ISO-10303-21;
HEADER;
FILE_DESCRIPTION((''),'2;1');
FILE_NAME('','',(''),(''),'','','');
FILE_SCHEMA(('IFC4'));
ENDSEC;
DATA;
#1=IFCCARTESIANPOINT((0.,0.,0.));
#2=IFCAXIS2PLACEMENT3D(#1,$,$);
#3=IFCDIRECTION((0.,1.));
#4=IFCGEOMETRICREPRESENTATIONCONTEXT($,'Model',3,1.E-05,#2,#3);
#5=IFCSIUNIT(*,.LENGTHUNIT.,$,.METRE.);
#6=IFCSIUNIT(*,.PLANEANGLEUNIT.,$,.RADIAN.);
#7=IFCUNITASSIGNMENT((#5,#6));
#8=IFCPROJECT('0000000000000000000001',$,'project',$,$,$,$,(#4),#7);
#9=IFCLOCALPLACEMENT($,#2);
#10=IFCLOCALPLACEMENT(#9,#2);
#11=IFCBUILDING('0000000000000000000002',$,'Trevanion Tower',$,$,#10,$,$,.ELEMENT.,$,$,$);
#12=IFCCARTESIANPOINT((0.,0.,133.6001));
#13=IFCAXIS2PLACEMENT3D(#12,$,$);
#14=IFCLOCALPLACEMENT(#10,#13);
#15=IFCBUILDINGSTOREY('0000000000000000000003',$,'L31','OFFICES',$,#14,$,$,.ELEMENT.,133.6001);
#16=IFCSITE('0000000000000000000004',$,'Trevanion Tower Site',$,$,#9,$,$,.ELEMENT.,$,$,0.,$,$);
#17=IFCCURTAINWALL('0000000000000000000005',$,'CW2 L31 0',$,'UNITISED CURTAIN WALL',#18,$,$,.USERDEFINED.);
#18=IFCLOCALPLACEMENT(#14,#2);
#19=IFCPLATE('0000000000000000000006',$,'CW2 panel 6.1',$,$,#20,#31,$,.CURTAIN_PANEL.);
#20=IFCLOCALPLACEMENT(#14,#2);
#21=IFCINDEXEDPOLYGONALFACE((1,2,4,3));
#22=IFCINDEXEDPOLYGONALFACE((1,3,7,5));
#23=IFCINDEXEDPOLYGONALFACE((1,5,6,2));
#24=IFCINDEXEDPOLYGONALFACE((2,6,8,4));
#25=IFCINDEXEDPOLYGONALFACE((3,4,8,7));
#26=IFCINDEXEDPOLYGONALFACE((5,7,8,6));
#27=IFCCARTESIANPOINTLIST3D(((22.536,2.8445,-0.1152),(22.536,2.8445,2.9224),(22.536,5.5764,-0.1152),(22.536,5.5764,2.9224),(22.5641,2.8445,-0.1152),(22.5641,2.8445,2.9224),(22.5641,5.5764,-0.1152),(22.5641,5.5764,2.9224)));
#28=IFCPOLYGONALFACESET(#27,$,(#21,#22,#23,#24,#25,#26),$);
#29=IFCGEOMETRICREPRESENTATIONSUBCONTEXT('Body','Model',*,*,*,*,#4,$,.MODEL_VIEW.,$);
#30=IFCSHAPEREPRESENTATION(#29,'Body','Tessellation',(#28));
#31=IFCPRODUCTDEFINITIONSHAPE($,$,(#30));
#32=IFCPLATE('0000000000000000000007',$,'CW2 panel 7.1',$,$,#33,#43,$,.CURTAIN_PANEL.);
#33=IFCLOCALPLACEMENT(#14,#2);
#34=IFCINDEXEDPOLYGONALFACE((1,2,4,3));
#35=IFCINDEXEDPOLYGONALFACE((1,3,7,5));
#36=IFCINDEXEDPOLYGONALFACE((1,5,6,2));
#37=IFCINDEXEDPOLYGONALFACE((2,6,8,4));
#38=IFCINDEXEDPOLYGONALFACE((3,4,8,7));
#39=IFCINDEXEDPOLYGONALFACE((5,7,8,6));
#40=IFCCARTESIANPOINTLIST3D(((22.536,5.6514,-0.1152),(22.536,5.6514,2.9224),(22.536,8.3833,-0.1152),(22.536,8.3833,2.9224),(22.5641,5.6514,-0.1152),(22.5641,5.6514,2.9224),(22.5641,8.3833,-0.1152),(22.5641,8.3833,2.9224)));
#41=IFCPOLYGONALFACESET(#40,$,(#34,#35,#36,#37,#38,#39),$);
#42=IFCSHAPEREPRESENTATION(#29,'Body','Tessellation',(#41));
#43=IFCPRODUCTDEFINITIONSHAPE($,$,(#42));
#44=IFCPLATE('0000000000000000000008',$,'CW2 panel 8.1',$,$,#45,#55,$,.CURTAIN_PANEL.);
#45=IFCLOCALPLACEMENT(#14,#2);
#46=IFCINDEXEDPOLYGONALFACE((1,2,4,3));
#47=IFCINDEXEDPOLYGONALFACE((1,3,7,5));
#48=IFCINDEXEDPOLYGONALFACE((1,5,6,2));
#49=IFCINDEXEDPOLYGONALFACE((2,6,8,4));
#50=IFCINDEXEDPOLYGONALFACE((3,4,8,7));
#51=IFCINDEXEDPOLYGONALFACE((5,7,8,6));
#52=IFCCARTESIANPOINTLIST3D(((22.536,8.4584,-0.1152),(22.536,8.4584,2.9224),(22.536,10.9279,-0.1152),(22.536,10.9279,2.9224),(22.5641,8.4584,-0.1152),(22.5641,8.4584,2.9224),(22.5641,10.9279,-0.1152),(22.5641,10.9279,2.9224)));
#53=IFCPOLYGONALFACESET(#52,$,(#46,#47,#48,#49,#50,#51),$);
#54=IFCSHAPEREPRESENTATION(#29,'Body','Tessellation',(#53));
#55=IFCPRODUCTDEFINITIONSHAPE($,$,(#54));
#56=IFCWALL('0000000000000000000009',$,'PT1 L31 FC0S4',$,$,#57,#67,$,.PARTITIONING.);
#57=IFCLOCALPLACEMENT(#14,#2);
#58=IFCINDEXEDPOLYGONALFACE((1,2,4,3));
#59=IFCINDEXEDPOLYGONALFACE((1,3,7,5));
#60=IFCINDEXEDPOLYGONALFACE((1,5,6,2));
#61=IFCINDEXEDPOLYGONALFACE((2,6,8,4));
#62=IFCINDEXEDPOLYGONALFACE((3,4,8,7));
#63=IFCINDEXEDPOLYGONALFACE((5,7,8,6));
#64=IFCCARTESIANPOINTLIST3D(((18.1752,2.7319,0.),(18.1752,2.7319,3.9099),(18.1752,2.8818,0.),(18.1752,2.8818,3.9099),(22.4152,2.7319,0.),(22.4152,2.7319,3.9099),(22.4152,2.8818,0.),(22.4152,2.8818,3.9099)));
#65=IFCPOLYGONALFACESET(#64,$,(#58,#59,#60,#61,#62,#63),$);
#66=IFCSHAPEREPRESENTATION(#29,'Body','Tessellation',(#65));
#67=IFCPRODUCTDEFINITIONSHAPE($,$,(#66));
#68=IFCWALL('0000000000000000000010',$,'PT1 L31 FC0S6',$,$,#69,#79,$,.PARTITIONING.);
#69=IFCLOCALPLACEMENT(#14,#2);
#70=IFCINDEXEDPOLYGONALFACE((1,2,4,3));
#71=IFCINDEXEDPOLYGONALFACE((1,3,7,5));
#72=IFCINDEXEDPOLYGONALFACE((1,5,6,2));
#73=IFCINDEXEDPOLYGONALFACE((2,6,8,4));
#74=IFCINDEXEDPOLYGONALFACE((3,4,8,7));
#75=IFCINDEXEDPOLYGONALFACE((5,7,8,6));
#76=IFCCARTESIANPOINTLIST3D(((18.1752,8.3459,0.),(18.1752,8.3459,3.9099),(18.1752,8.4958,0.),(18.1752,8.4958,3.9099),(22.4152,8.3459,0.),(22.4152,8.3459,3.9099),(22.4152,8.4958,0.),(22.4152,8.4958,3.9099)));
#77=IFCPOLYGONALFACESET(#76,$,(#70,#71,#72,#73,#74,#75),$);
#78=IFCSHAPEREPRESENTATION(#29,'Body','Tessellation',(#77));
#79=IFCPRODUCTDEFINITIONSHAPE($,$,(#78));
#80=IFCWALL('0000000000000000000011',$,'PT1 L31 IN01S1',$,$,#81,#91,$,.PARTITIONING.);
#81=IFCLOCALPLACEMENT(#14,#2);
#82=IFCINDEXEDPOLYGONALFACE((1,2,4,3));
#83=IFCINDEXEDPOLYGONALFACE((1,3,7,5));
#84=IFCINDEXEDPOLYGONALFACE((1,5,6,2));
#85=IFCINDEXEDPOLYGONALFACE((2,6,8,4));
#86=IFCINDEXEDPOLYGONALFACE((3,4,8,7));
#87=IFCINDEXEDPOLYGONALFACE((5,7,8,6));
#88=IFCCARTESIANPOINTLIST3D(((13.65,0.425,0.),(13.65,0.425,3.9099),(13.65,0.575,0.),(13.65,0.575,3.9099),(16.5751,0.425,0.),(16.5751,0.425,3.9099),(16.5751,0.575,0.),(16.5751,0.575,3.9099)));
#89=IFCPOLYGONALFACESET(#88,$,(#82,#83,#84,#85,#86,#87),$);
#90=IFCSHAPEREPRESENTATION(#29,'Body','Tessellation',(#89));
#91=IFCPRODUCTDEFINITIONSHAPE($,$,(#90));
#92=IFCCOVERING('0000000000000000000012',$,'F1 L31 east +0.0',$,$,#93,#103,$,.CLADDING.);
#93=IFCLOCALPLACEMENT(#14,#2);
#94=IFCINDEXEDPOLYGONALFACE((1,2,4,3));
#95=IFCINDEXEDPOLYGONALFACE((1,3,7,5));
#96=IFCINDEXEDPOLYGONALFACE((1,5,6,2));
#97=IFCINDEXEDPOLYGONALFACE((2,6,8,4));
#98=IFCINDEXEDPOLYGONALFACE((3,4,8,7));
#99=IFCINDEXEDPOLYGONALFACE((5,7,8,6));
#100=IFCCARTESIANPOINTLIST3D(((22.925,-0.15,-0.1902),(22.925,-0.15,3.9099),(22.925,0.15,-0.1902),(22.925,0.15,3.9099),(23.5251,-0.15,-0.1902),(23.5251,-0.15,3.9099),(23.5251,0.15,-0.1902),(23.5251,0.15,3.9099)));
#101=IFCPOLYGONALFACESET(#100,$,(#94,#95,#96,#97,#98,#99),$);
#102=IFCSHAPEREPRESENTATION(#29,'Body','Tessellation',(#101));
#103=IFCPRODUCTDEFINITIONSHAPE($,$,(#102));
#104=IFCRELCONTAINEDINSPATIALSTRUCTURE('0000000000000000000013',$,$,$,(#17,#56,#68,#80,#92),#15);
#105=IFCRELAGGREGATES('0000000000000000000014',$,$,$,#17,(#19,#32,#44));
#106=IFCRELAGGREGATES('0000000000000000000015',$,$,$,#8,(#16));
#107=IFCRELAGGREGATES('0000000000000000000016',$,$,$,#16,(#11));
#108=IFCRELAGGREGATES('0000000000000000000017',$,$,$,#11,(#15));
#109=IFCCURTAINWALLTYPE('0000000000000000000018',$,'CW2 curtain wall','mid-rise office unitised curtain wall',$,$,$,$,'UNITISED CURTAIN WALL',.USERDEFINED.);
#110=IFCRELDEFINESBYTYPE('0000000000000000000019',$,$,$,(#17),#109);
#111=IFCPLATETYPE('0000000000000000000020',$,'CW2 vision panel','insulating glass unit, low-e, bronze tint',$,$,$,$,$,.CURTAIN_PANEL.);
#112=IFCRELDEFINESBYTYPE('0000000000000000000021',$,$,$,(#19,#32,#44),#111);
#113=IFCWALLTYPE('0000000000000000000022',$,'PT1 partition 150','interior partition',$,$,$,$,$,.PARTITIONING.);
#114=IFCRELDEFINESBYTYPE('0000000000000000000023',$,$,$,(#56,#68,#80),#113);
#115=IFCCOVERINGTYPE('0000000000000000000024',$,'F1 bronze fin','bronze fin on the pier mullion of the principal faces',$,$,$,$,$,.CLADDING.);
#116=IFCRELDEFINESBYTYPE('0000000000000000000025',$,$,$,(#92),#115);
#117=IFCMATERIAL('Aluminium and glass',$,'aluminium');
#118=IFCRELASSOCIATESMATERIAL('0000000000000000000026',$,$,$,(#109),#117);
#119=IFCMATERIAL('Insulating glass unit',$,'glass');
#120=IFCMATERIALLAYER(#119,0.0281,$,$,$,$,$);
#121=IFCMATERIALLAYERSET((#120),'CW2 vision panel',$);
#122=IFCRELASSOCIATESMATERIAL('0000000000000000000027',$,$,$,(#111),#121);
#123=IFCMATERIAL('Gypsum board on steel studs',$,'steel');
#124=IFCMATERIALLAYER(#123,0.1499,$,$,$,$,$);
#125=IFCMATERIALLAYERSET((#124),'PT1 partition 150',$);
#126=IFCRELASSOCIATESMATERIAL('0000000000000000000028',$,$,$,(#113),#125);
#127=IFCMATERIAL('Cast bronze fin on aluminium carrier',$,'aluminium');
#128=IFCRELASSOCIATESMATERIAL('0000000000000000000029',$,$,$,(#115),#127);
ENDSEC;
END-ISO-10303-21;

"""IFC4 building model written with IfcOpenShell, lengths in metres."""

from ifc_helpers import new_model, si_unit, direction, frame, frame_2d, origin, origin_2d, place, context, subcontext, project, spatial, rectangle, extrude, material, layer, layer_set, type_object, element, aggregate, save


model = new_model("IFC4")

# Units and contexts
model_context = context("Model", 3, precision=1e-05, world=origin(), true_north=direction((0.0, 1.0)))
body_context = subcontext(model_context, "Body", "Model", "MODEL_VIEW")
ifc_project = project(units=[si_unit("LENGTHUNIT", "METRE"), si_unit("PLANEANGLEUNIT", "RADIAN")], contexts=[model_context])

# Site, building, storey
site_placement = place(None, origin())
site = spatial("IfcSite", under=ifc_project, at=site_placement, Name="Trevanion Tower Site", CompositionType="ELEMENT", RefElevation=0.0)
building_placement = place(site_placement, origin())
building = spatial("IfcBuilding", under=site, at=building_placement, Name="Trevanion Tower", CompositionType="ELEMENT")
storey_placement = place(building_placement, frame((0.0, 0.0, 133.6001)))
storey = spatial("IfcBuildingStorey", under=building, at=storey_placement, Name="L31", Description="OFFICES", CompositionType="ELEMENT", Elevation=133.6001)

# Curtain wall
ifc_material_1 = material(Name="Aluminium and glass", Category="aluminium")
curtain_wall_type = type_object("IfcCurtainWallType", Name="CW2 curtain wall", Description="mid-rise office unitised curtain wall", ElementType="UNITISED CURTAIN WALL", PredefinedType="USERDEFINED", material=ifc_material_1)
curtain_wall_placement = place(storey_placement, origin())
curtain_wall = element("IfcCurtainWall", 1, at=curtain_wall_placement, inside=storey, type_object=curtain_wall_type, Name="CW2 L31 0", ObjectType="UNITISED CURTAIN WALL", PredefinedType="USERDEFINED")

# Plates
ifc_material_2 = material(Name="Insulating glass unit", Category="glass")
ifc_layer_1 = layer(ifc_material_2, 0.0281)
ifc_layer_set_1 = layer_set([ifc_layer_1], Name="CW2 vision panel")
plate_type_1 = type_object("IfcPlateType", Name="CW2 vision panel", Description="insulating glass unit, low-e, bronze tint", PredefinedType="CURTAIN_PANEL", material=ifc_layer_set_1)
plate_1_placement = place(storey_placement, frame((22.55, 4.2104, -0.1152), z_axis=(0.0, 0.0, 1.0), x_axis=(0.0, 1.0, 0.0)))
plate_1 = element("IfcPlate", 2, at=plate_1_placement, type_object=plate_type_1, Name="CW2 panel 6.1", PredefinedType="CURTAIN_PANEL", context=body_context, shape_type="SweptSolid", body=[
    extrude(rectangle(XDim=2.7319, YDim=0.0281, at=origin_2d()), origin(), (0.0, 0.0, 1.0), 3.0376),
])
plate_2_placement = place(storey_placement, frame((22.55, 7.0173, -0.1152), z_axis=(0.0, 0.0, 1.0), x_axis=(0.0, 1.0, 0.0)))
plate_2 = element("IfcPlate", 3, at=plate_2_placement, type_object=plate_type_1, Name="CW2 panel 7.1", PredefinedType="CURTAIN_PANEL", context=body_context, shape_type="SweptSolid", body=[
    extrude(rectangle(XDim=2.7319, YDim=0.0281, at=origin_2d()), origin(), (0.0, 0.0, 1.0), 3.0376),
])
plate_3_placement = place(storey_placement, frame((22.55, 9.6931, -0.1152), z_axis=(0.0, 0.0, 1.0), x_axis=(0.0, 1.0, 0.0)))
plate_3 = element("IfcPlate", 4, at=plate_3_placement, type_object=plate_type_1, Name="CW2 panel 8.1", PredefinedType="CURTAIN_PANEL", context=body_context, shape_type="SweptSolid", body=[
    extrude(rectangle(XDim=2.4695, YDim=0.0281, at=origin_2d()), origin(), (0.0, 0.0, 1.0), 3.0376),
])
aggregate(curtain_wall, [plate_1, plate_2, plate_3])

# Walls
ifc_material_3 = material(Name="Gypsum board on steel studs", Category="steel")
ifc_layer_2 = layer(ifc_material_3, 0.1499)
ifc_layer_set_2 = layer_set([ifc_layer_2], Name="PT1 partition 150")
wall_type = type_object("IfcWallType", Name="PT1 partition 150", Description="interior partition", PredefinedType="PARTITIONING", material=ifc_layer_set_2)
for number, where, z_axis, x_axis, name in (
    (5, (18.175, 2.8069, 0.0), (0.0, 0.0, 1.0), (1.0, 0.0, 0.0), "PT1 L31 FC0S4"),
    (6, (18.175, 8.4209, 0.0), (0.0, 0.0, 1.0), (1.0, 0.0, 0.0), "PT1 L31 FC0S6"),
):
    element("IfcWall", number, at=place(storey_placement, frame(where, z_axis=z_axis, x_axis=x_axis)), inside=storey, type_object=wall_type, Name=name, PredefinedType="PARTITIONING", context=body_context, shape_type="SweptSolid", body=[
        extrude(rectangle(XDim=4.24, YDim=0.1499, at=frame_2d((2.1201, 0.0))), origin(), (0.0, 0.0, 1.0), 3.9099),
    ])
wall_placement = place(storey_placement, frame((16.575, 0.5, 0.0), z_axis=(0.0, 0.0, 1.0), x_axis=(-1.0, 0.0, 0.0)))
element("IfcWall", 7, at=wall_placement, inside=storey, type_object=wall_type, Name="PT1 L31 IN01S1", PredefinedType="PARTITIONING", context=body_context, shape_type="SweptSolid", body=[
    extrude(rectangle(XDim=2.925, YDim=0.1499, at=frame_2d((1.4624, 0.0))), origin(), (0.0, 0.0, 1.0), 3.9099),
])

# Covering
ifc_material_4 = material(Name="Cast bronze fin on aluminium carrier", Category="aluminium")
covering_type = type_object("IfcCoveringType", Name="F1 bronze fin", Description="bronze fin on the pier mullion of the principal faces", PredefinedType="CLADDING", material=ifc_material_4)
covering_placement = place(storey_placement, frame((23.2251, 0.0, -0.1902), z_axis=(0.0, 0.0, 1.0), x_axis=(0.0, 1.0, 0.0)))
element("IfcCovering", 8, at=covering_placement, inside=storey, type_object=covering_type, Name="F1 L31 east +0.0", PredefinedType="CLADDING", context=body_context, shape_type="SweptSolid", body=[
    extrude(rectangle(XDim=0.3, YDim=0.6001, at=origin_2d()), origin(), (0.0, 0.0, 1.0), 4.1001),
])

save(model, "model.ifc")
